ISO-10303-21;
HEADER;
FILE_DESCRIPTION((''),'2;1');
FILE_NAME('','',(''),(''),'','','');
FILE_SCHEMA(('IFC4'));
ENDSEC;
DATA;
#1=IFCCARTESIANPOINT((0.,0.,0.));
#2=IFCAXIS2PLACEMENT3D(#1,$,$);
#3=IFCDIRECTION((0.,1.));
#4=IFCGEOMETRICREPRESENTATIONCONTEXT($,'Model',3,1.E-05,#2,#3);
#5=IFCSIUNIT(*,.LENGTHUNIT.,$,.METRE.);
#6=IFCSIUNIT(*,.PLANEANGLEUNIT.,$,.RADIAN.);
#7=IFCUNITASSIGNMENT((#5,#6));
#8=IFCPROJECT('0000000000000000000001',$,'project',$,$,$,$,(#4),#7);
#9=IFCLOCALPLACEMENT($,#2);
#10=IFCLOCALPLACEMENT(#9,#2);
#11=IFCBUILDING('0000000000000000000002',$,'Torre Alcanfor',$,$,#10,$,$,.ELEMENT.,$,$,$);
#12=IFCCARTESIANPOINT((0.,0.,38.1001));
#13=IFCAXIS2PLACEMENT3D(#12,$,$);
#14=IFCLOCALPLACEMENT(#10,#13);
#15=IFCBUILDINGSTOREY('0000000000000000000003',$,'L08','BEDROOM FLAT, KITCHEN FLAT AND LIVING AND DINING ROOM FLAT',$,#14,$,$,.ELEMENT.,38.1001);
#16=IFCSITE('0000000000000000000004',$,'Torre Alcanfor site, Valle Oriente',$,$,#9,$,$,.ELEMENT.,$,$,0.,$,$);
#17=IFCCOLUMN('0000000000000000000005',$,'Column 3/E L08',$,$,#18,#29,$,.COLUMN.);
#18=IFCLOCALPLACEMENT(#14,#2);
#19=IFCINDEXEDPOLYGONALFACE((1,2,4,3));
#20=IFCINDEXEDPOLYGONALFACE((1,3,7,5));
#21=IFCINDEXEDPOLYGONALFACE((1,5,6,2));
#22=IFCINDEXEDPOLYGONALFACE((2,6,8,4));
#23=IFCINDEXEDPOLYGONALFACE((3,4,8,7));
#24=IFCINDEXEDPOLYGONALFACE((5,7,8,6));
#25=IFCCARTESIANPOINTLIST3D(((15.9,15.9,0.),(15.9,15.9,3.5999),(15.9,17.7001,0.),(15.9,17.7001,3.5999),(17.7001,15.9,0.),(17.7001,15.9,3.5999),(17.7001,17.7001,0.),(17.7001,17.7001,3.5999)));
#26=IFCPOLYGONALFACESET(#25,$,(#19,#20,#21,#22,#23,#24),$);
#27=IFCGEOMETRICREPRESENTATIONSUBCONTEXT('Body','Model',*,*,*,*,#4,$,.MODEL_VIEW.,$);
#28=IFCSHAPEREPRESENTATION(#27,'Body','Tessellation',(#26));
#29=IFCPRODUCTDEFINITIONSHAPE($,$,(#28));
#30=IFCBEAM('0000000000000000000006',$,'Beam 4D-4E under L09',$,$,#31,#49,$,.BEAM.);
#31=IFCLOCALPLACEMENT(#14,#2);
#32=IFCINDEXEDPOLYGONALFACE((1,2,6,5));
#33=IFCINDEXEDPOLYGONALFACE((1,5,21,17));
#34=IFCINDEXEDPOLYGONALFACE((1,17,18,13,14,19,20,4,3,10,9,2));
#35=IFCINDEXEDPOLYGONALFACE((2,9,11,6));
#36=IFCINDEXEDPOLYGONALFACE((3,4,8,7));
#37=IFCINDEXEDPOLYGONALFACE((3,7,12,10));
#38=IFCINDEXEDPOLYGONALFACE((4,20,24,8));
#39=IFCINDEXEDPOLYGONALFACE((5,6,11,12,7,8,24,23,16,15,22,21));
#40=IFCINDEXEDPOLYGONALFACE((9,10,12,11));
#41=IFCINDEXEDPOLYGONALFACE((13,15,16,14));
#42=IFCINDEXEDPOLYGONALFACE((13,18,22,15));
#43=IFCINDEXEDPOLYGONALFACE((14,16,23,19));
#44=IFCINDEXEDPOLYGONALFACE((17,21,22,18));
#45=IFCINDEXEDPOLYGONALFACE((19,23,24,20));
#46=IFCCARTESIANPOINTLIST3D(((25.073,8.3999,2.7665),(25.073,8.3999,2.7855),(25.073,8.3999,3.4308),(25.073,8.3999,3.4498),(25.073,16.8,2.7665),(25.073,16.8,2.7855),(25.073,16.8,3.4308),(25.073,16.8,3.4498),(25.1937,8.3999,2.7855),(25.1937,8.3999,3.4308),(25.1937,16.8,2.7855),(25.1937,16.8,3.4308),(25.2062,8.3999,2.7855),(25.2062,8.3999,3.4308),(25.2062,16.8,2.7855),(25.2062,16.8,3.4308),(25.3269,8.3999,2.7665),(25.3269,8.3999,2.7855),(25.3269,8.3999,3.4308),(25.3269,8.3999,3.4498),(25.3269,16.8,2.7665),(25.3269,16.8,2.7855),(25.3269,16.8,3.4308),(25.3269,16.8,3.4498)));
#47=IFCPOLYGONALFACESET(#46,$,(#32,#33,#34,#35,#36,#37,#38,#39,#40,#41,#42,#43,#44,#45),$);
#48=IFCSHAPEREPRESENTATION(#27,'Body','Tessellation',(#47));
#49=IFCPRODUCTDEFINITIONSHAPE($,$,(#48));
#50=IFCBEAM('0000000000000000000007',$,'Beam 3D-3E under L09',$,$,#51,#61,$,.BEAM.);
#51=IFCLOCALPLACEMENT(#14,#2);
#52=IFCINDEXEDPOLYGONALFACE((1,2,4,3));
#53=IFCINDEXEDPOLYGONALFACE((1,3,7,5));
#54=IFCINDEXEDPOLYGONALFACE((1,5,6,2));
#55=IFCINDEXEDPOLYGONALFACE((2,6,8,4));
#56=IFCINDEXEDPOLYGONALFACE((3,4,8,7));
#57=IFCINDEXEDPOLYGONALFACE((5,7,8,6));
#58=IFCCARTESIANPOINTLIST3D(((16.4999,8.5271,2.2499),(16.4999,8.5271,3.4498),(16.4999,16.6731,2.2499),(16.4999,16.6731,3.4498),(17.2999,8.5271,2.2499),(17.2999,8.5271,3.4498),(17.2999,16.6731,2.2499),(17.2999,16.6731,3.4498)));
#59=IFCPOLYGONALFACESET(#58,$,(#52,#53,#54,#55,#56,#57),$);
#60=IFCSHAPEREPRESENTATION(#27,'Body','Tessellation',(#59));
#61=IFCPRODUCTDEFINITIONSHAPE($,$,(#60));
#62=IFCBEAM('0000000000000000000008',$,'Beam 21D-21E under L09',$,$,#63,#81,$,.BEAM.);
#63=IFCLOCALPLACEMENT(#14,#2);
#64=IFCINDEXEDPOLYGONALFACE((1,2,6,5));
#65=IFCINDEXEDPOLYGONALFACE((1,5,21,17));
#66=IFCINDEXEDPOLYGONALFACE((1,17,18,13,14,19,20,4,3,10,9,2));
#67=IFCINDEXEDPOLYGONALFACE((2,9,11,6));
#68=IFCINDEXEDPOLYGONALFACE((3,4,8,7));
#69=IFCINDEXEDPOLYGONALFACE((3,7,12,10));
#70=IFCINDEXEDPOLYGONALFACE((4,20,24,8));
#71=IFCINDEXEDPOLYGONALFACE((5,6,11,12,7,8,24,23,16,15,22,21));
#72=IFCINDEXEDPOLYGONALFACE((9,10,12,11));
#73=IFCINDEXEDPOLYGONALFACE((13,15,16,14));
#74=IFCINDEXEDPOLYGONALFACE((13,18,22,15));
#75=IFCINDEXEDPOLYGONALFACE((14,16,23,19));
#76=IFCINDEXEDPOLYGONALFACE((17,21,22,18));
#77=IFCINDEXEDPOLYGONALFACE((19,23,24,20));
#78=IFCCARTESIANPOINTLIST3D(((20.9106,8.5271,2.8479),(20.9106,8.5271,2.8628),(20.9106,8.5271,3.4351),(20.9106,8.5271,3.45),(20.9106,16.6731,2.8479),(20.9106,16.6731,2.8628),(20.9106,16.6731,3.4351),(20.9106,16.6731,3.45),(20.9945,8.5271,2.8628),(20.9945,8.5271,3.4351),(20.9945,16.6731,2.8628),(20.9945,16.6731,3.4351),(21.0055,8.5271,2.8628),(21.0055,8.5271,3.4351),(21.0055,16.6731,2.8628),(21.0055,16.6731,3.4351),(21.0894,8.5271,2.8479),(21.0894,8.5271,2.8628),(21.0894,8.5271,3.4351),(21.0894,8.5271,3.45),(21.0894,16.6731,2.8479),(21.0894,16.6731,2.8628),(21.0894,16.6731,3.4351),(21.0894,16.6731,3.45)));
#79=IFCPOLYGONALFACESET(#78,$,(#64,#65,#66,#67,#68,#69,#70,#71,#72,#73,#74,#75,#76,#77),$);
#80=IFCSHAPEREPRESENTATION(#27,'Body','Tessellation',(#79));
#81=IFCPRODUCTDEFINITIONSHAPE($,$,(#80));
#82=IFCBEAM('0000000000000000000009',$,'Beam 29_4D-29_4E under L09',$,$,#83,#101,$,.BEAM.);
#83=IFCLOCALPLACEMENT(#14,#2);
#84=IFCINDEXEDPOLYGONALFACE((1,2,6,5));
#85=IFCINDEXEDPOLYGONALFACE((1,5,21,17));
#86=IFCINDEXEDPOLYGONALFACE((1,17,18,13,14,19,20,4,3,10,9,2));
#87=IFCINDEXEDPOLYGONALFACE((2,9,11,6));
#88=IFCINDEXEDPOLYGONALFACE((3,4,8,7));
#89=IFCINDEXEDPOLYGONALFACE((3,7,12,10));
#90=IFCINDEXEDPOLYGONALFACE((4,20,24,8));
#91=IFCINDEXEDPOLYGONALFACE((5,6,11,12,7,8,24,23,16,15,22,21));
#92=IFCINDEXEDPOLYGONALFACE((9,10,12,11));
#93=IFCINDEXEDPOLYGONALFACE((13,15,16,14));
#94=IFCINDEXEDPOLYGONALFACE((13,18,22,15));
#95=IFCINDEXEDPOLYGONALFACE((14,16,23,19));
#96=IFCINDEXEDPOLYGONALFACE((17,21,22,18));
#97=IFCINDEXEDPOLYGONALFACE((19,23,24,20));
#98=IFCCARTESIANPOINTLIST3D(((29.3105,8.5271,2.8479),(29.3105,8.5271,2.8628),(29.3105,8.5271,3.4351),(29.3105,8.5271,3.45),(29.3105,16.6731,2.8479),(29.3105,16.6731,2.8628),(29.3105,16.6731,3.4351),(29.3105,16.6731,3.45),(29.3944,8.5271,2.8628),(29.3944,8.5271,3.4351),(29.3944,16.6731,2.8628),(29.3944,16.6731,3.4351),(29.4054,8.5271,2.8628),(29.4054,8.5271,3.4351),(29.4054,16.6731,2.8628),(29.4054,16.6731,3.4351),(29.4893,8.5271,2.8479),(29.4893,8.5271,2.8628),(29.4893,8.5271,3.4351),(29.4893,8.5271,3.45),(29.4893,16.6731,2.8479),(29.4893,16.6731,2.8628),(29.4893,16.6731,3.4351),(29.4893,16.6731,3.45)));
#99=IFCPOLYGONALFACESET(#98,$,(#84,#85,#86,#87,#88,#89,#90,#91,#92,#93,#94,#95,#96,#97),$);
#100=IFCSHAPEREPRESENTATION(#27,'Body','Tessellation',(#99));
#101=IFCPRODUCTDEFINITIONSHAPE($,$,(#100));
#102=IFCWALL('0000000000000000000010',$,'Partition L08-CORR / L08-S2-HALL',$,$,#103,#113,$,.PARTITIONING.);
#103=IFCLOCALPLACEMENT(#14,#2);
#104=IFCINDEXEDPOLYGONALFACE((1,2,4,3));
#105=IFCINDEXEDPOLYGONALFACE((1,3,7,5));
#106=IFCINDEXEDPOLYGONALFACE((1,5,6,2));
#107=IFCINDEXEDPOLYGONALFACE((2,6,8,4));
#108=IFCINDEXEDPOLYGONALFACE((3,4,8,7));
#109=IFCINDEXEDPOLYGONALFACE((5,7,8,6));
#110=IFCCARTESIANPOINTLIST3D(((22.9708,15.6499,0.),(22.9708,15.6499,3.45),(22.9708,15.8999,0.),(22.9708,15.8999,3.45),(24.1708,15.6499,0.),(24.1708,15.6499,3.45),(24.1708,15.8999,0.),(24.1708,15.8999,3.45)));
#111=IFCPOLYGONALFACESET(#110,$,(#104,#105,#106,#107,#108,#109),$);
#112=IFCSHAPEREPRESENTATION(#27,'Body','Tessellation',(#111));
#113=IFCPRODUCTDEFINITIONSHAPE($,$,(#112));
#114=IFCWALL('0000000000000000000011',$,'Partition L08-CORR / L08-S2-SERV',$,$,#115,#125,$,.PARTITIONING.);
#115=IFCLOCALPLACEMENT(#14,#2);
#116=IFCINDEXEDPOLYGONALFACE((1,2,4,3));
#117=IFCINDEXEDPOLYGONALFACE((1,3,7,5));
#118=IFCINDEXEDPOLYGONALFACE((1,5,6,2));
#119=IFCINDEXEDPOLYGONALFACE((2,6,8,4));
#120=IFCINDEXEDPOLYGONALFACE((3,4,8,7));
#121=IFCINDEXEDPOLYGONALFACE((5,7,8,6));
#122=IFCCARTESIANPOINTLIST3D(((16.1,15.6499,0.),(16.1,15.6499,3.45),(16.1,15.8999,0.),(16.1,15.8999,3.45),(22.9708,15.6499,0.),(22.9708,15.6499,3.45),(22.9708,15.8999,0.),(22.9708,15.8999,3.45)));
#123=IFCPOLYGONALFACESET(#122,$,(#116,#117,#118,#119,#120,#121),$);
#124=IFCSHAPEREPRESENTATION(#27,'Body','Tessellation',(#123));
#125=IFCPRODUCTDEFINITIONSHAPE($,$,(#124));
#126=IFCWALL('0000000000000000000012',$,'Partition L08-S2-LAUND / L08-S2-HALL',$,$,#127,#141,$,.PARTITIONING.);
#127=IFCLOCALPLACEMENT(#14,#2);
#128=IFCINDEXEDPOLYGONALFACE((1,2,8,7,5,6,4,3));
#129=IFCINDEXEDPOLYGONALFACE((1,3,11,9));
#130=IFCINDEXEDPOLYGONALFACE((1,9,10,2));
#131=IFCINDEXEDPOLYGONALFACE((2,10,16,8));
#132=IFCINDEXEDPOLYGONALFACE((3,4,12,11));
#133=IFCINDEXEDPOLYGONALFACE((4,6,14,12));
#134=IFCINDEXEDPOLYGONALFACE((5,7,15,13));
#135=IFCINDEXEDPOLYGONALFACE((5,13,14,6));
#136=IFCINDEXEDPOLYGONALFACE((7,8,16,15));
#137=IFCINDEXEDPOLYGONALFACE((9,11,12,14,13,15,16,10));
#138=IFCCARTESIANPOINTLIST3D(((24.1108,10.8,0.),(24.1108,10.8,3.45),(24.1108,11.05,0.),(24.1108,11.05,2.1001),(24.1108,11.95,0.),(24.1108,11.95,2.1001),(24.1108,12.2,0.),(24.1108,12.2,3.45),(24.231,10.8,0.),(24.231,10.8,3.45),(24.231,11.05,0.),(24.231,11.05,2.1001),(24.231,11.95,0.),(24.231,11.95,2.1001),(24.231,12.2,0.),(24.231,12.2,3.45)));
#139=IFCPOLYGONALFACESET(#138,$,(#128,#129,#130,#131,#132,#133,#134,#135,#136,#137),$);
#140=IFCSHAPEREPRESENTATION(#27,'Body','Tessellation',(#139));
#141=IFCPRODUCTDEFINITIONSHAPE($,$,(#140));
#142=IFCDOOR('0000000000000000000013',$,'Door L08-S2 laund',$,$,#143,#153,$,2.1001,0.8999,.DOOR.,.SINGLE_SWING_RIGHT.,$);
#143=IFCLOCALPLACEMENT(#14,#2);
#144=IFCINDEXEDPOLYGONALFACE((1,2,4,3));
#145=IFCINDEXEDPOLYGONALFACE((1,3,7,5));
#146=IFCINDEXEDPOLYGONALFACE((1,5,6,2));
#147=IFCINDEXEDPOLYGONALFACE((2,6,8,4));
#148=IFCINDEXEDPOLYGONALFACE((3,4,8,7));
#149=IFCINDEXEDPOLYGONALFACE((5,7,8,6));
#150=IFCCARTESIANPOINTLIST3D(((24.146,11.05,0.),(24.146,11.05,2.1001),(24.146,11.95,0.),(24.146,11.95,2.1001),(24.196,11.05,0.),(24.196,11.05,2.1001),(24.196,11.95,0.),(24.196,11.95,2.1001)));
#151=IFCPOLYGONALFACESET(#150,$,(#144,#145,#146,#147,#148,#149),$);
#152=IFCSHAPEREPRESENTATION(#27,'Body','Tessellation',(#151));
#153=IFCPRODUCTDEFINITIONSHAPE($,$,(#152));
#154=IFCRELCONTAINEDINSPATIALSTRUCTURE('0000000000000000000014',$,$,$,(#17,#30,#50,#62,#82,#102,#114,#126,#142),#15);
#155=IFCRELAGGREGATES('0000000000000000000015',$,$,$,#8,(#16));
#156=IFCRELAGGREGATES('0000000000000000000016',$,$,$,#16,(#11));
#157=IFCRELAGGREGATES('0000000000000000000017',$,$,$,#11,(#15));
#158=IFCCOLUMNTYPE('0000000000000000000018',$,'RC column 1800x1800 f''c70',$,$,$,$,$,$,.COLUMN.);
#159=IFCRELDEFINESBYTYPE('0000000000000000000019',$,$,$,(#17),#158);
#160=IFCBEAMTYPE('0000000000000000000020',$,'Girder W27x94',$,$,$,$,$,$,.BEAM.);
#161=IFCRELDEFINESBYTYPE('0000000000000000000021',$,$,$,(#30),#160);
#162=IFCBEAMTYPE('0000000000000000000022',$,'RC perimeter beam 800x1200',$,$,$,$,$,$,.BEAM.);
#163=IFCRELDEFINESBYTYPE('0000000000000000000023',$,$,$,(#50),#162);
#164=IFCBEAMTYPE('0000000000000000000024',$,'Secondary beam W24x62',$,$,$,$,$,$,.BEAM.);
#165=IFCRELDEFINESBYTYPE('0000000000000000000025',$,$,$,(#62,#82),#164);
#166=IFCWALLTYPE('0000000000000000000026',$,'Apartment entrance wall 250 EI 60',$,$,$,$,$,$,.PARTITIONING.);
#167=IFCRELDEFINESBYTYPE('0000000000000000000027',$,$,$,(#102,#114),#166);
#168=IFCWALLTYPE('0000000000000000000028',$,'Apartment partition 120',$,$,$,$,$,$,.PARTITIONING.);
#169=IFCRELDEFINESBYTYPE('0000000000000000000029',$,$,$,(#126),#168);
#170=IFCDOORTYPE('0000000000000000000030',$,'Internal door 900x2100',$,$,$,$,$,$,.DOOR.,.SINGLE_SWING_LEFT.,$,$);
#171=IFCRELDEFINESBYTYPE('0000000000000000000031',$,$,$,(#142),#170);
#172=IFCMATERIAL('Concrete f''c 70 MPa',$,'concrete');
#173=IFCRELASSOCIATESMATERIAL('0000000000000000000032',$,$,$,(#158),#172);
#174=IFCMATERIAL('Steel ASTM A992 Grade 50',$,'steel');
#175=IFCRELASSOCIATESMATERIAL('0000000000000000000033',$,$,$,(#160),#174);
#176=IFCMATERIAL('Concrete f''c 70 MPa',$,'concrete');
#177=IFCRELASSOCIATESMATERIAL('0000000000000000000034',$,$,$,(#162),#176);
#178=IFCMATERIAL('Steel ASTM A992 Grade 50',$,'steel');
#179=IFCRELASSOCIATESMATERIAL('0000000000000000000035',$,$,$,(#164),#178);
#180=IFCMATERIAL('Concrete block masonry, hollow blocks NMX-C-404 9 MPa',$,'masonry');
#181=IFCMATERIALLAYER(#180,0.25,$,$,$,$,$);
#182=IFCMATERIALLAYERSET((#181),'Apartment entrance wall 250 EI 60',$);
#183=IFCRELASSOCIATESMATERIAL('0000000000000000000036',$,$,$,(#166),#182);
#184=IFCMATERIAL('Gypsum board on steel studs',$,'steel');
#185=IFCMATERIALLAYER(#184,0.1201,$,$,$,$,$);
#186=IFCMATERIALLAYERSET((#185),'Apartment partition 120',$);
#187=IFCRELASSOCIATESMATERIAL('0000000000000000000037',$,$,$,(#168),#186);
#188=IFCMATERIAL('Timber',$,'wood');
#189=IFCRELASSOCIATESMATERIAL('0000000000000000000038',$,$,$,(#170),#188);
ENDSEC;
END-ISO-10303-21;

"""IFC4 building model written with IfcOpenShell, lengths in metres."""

from ifc_helpers import new_model, si_unit, direction, frame, frame_2d, origin, origin_2d, place, context, subcontext, project, spatial, rectangle, i_section, extrude, material, layer, layer_set, material_profile, profile_set, type_object, element, fill, save


model = new_model("IFC4")

# Units and contexts
model_context = context("Model", 3, precision=1e-05, world=origin(), true_north=direction((0.0, 1.0)))
body_context = subcontext(model_context, "Body", "Model", "MODEL_VIEW")
ifc_project = project(units=[si_unit("LENGTHUNIT", "METRE"), si_unit("PLANEANGLEUNIT", "RADIAN")], contexts=[model_context])

# Site, building, storey
site_placement = place(None, origin())
site = spatial("IfcSite", under=ifc_project, at=site_placement, Name="Torre Alcanfor site, Valle Oriente", CompositionType="ELEMENT", RefElevation=0.0)
building_placement = place(site_placement, origin())
building = spatial("IfcBuilding", under=site, at=building_placement, Name="Torre Alcanfor", CompositionType="ELEMENT")
storey_placement = place(building_placement, frame((0.0, 0.0, 38.1001)))
storey = spatial("IfcBuildingStorey", under=building, at=storey_placement, Name="L08", Description="BEDROOM FLAT, KITCHEN FLAT AND LIVING AND DINING ROOM FLAT", CompositionType="ELEMENT", Elevation=38.1001)

# Column
ifc_material_1 = material(Name="Concrete f'c 70 MPa", Category="concrete")
ifc_material_profile_1 = material_profile(ifc_material_1, rectangle(XDim=1.8, YDim=1.8, at=origin_2d()), Name="1800x1800")
ifc_profile_set_1 = profile_set([ifc_material_profile_1], Name="Concrete f'c 70 MPa")
column_type = type_object("IfcColumnType", Name="RC column 1800x1800 f'c70", PredefinedType="COLUMN", material=ifc_profile_set_1)
column_placement = place(storey_placement, frame((16.8, 16.8, 0.0), z_axis=(0.0, 0.0, 1.0), x_axis=(1.0, 0.0, 0.0)))
element("IfcColumn", 1, at=column_placement, inside=storey, type_object=column_type, Name="Column 3/E L08", PredefinedType="COLUMN", context=body_context, shape_type="SweptSolid", body=[
    extrude(rectangle(XDim=1.8, YDim=1.8, at=origin_2d()), origin(), (0.0, 0.0, 1.0), 3.5999),
])

# Beams
ifc_material_2 = material(Name="Steel ASTM A992 Grade 50", Category="steel")
ifc_material_profile_2 = material_profile(ifc_material_2, i_section(OverallWidth=0.2539, OverallDepth=0.6833, WebThickness=0.0125, FlangeThickness=0.019, at=origin_2d()), Name="W27x94")
ifc_profile_set_2 = profile_set([ifc_material_profile_2], Name="Steel ASTM A992 Grade 50")
beam_type_1 = type_object("IfcBeamType", Name="Girder W27x94", PredefinedType="BEAM", material=ifc_profile_set_2)
beam_1_placement = place(storey_placement, frame((25.2, 8.3999, 3.1082), z_axis=(0.0, 1.0, 0.0), x_axis=(-1.0, 0.0, 0.0)))
element("IfcBeam", 2, at=beam_1_placement, inside=storey, type_object=beam_type_1, Name="Beam 4D-4E under L09", PredefinedType="BEAM", context=body_context, shape_type="SweptSolid", body=[
    extrude(i_section(OverallWidth=0.2539, OverallDepth=0.6833, WebThickness=0.0125, FlangeThickness=0.019, at=origin_2d()), origin(), (0.0, 0.0, 1.0), 8.4001),
])
ifc_material_3 = material(Name="Concrete f'c 70 MPa", Category="concrete")
ifc_material_profile_3 = material_profile(ifc_material_3, rectangle(XDim=0.8, YDim=1.2, at=origin_2d()), Name="800x1200")
ifc_profile_set_3 = profile_set([ifc_material_profile_3], Name="Concrete f'c 70 MPa")
beam_type_2 = type_object("IfcBeamType", Name="RC perimeter beam 800x1200", PredefinedType="BEAM", material=ifc_profile_set_3)
beam_2_placement = place(storey_placement, frame((16.8999, 8.5271, 2.8499), z_axis=(0.0, 1.0, 0.0), x_axis=(-1.0, 0.0, 0.0)))
element("IfcBeam", 3, at=beam_2_placement, inside=storey, type_object=beam_type_2, Name="Beam 3D-3E under L09", PredefinedType="BEAM", context=body_context, shape_type="SweptSolid", body=[
    extrude(rectangle(XDim=0.8, YDim=1.2, at=origin_2d()), origin(), (0.0, 0.0, 1.0), 8.146),
])
ifc_material_4 = material(Name="Steel ASTM A992 Grade 50", Category="steel")
ifc_material_profile_4 = material_profile(ifc_material_4, i_section(OverallWidth=0.1787, OverallDepth=0.6021, WebThickness=0.011, FlangeThickness=0.0149, at=origin_2d()), Name="W24x62")
ifc_profile_set_4 = profile_set([ifc_material_profile_4], Name="Steel ASTM A992 Grade 50")
beam_type_3 = type_object("IfcBeamType", Name="Secondary beam W24x62", PredefinedType="BEAM", material=ifc_profile_set_4)
for number, where, z_axis, x_axis, name in (
    (4, (21.0, 8.5271, 3.1489), (0.0, 1.0, 0.0), (-1.0, 0.0, 0.0), "Beam 21D-21E under L09"),
    (5, (29.3999, 8.5271, 3.1489), (0.0, 1.0, 0.0), (-1.0, 0.0, 0.0), "Beam 29_4D-29_4E under L09"),
):
    element("IfcBeam", number, at=place(storey_placement, frame(where, z_axis=z_axis, x_axis=x_axis)), inside=storey, type_object=beam_type_3, Name=name, PredefinedType="BEAM", context=body_context, shape_type="SweptSolid", body=[
        extrude(i_section(OverallWidth=0.1787, OverallDepth=0.6021, WebThickness=0.011, FlangeThickness=0.0149, at=origin_2d()), origin(), (0.0, 0.0, 1.0), 8.146),
    ])

# Walls
ifc_material_5 = material(Name="Concrete block masonry, hollow blocks NMX-C-404 9 MPa", Category="masonry")
ifc_layer_1 = layer(ifc_material_5, 0.25)
ifc_layer_set_1 = layer_set([ifc_layer_1], Name="Apartment entrance wall 250 EI 60")
wall_type_1 = type_object("IfcWallType", Name="Apartment entrance wall 250 EI 60", PredefinedType="PARTITIONING", material=ifc_layer_set_1)
wall_1_placement = place(storey_placement, frame((24.1709, 15.7749, 0.0), z_axis=(0.0, 0.0, 1.0), x_axis=(-1.0, 0.0, 0.0)))
element("IfcWall", 6, at=wall_1_placement, inside=storey, type_object=wall_type_1, Name="Partition L08-CORR / L08-S2-HALL", PredefinedType="PARTITIONING", context=body_context, shape_type="SweptSolid", body=[
    extrude(rectangle(XDim=1.2, YDim=0.25, at=frame_2d((0.6001, 0.0))), origin(), (0.0, 0.0, 1.0), 3.45),
])
wall_2_placement = place(storey_placement, frame((22.9709, 15.7749, 0.0), z_axis=(0.0, 0.0, 1.0), x_axis=(-1.0, 0.0, 0.0)))
element("IfcWall", 7, at=wall_2_placement, inside=storey, type_object=wall_type_1, Name="Partition L08-CORR / L08-S2-SERV", PredefinedType="PARTITIONING", context=body_context, shape_type="SweptSolid", body=[
    extrude(rectangle(XDim=6.8708, YDim=0.25, at=frame_2d((3.4355, 0.0))), origin(), (0.0, 0.0, 1.0), 3.45),
])

# Wall, opening, door
ifc_material_6 = material(Name="Gypsum board on steel studs", Category="steel")
ifc_layer_2 = layer(ifc_material_6, 0.1201)
ifc_layer_set_2 = layer_set([ifc_layer_2], Name="Apartment partition 120")
wall_type_2 = type_object("IfcWallType", Name="Apartment partition 120", PredefinedType="PARTITIONING", material=ifc_layer_set_2)
wall_3_placement = place(storey_placement, frame((24.1709, 10.8, 0.0), z_axis=(0.0, 0.0, 1.0), x_axis=(0.0, 1.0, 0.0)))
wall_3 = element("IfcWall", 8, at=wall_3_placement, inside=storey, type_object=wall_type_2, Name="Partition L08-S2-LAUND / L08-S2-HALL", PredefinedType="PARTITIONING", context=body_context, shape_type="SweptSolid", body=[
    extrude(rectangle(XDim=1.3999, YDim=0.1201, at=frame_2d((0.7, 0.0))), origin(), (0.0, 0.0, 1.0), 3.45),
])
opening_1_placement = place(wall_3_placement, frame((0.25, 0.0, 0.0)))
opening_1 = element("IfcOpeningElement", 9, at=opening_1_placement, cuts=wall_3, PredefinedType="OPENING", context=body_context, shape_type="SweptSolid", body=[
    extrude(rectangle(XDim=0.8999, YDim=2.1001, at=frame_2d((0.45, 1.05))), frame((0.0, 0.0701, 0.0), z_axis=(0.0, -1.0, 0.0), x_axis=(1.0, 0.0, 0.0)), (0.0, 0.0, 1.0), 0.1401),
])
ifc_material_7 = material(Name="Timber", Category="wood")
door_type_1 = type_object("IfcDoorType", Name="Internal door 900x2100", OperationType="SINGLE_SWING_LEFT", PredefinedType="DOOR", material=ifc_material_7)
door_1_placement = place(opening_1_placement, frame((0.8999, 0.0, 0.0), z_axis=(0.0, 0.0, 1.0), x_axis=(-1.0, 0.0, 0.0)))
door_1 = element("IfcDoor", 10, at=door_1_placement, inside=storey, type_object=door_type_1, Name="Door L08-S2 laund", OperationType="SINGLE_SWING_RIGHT", OverallHeight=2.1001, OverallWidth=0.8999, PredefinedType="DOOR", context=body_context, shape_type="SweptSolid", body=[
    extrude(rectangle(XDim=0.8999, YDim=2.1001, at=frame_2d((0.45, 1.05))), frame((0.0, 0.0251, 0.0), z_axis=(0.0, -1.0, 0.0), x_axis=(1.0, 0.0, 0.0)), (0.0, 0.0, 1.0), 0.05),
])
fill(opening_1, door_1)

save(model, "model.ifc")
